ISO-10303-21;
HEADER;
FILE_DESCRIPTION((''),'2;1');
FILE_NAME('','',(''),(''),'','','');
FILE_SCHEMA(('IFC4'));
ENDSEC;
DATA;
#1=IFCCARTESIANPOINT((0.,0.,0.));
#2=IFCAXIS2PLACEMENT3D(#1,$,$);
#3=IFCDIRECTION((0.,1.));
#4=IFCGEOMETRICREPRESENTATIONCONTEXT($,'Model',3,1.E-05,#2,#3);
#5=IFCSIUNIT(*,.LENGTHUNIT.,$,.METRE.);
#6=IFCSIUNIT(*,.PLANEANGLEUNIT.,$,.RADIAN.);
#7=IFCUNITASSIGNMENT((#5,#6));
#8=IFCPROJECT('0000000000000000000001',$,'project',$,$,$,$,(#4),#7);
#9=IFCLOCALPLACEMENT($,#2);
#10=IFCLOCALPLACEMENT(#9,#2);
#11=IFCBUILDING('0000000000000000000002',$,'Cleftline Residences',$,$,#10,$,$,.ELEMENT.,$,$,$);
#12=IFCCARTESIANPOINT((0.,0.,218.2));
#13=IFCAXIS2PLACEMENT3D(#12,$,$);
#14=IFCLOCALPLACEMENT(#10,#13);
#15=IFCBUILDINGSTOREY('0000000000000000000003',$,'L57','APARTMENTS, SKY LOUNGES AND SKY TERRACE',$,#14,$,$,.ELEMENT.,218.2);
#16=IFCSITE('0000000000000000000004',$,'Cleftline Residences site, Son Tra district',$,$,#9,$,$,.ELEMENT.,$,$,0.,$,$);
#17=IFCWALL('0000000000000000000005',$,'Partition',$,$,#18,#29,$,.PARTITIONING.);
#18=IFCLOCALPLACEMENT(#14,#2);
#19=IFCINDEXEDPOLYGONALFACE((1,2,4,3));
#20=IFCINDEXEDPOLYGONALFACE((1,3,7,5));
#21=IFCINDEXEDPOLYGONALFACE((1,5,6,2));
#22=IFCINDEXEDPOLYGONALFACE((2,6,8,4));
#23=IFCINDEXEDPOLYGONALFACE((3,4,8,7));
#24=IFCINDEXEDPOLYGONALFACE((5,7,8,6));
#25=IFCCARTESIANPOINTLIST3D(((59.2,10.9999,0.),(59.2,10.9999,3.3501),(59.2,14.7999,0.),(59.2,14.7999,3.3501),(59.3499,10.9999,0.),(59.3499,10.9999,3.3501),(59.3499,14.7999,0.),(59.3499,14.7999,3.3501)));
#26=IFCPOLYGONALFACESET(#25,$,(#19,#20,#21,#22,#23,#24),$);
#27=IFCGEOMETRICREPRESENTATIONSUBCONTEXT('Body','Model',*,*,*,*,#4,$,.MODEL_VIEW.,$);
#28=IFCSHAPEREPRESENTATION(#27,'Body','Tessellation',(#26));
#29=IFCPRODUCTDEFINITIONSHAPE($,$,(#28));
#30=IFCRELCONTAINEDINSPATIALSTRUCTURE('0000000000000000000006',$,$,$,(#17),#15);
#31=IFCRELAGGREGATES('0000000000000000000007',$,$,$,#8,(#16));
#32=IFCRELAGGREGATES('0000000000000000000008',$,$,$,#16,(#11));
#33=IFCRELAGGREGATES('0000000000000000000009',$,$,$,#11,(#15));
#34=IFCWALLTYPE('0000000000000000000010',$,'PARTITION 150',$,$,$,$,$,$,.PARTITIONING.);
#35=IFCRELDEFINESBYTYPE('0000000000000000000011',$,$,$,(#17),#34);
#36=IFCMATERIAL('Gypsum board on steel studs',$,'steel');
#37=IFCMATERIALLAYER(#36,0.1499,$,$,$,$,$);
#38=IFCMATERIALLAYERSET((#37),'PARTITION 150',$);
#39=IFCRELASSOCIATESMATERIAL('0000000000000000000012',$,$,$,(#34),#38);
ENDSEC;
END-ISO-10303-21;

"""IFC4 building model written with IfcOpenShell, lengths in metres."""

from ifc_helpers import new_model, si_unit, direction, frame, frame_2d, origin, place, context, subcontext, project, spatial, rectangle, extrude, material, layer, layer_set, type_object, element, save


model = new_model("IFC4")

# Units and contexts
model_context = context("Model", 3, precision=1e-05, world=origin(), true_north=direction((0.0, 1.0)))
body_context = subcontext(model_context, "Body", "Model", "MODEL_VIEW")
ifc_project = project(units=[si_unit("LENGTHUNIT", "METRE"), si_unit("PLANEANGLEUNIT", "RADIAN")], contexts=[model_context])

# Site, building, storey
site_placement = place(None, origin())
site = spatial("IfcSite", under=ifc_project, at=site_placement, Name="Cleftline Residences site, Son Tra district", CompositionType="ELEMENT", RefElevation=0.0)
building_placement = place(site_placement, origin())
building = spatial("IfcBuilding", under=site, at=building_placement, Name="Cleftline Residences", CompositionType="ELEMENT")
storey_placement = place(building_placement, frame((0.0, 0.0, 218.2)))
storey = spatial("IfcBuildingStorey", under=building, at=storey_placement, Name="L57", Description="APARTMENTS, SKY LOUNGES AND SKY TERRACE", CompositionType="ELEMENT", Elevation=218.2)

# Wall
ifc_material_1 = material(Name="Gypsum board on steel studs", Category="steel")
ifc_layer_1 = layer(ifc_material_1, 0.1499)
ifc_layer_set_1 = layer_set([ifc_layer_1], Name="PARTITION 150")
wall_type_1 = type_object("IfcWallType", Name="PARTITION 150", PredefinedType="PARTITIONING", material=ifc_layer_set_1)
wall_1_placement = place(storey_placement, frame((59.2749, 11.0, 0.0), z_axis=(0.0, 0.0, 1.0), x_axis=(0.0, 1.0, 0.0)))
element("IfcWall", 1, at=wall_1_placement, inside=storey, type_object=wall_type_1, Name="Partition", PredefinedType="PARTITIONING", context=body_context, shape_type="SweptSolid", body=[
    extrude(rectangle(XDim=3.8, YDim=0.1499, at=frame_2d((1.8999, 0.0))), origin(), (0.0, 0.0, 1.0), 3.3501),
])

save(model, "model.ifc")
